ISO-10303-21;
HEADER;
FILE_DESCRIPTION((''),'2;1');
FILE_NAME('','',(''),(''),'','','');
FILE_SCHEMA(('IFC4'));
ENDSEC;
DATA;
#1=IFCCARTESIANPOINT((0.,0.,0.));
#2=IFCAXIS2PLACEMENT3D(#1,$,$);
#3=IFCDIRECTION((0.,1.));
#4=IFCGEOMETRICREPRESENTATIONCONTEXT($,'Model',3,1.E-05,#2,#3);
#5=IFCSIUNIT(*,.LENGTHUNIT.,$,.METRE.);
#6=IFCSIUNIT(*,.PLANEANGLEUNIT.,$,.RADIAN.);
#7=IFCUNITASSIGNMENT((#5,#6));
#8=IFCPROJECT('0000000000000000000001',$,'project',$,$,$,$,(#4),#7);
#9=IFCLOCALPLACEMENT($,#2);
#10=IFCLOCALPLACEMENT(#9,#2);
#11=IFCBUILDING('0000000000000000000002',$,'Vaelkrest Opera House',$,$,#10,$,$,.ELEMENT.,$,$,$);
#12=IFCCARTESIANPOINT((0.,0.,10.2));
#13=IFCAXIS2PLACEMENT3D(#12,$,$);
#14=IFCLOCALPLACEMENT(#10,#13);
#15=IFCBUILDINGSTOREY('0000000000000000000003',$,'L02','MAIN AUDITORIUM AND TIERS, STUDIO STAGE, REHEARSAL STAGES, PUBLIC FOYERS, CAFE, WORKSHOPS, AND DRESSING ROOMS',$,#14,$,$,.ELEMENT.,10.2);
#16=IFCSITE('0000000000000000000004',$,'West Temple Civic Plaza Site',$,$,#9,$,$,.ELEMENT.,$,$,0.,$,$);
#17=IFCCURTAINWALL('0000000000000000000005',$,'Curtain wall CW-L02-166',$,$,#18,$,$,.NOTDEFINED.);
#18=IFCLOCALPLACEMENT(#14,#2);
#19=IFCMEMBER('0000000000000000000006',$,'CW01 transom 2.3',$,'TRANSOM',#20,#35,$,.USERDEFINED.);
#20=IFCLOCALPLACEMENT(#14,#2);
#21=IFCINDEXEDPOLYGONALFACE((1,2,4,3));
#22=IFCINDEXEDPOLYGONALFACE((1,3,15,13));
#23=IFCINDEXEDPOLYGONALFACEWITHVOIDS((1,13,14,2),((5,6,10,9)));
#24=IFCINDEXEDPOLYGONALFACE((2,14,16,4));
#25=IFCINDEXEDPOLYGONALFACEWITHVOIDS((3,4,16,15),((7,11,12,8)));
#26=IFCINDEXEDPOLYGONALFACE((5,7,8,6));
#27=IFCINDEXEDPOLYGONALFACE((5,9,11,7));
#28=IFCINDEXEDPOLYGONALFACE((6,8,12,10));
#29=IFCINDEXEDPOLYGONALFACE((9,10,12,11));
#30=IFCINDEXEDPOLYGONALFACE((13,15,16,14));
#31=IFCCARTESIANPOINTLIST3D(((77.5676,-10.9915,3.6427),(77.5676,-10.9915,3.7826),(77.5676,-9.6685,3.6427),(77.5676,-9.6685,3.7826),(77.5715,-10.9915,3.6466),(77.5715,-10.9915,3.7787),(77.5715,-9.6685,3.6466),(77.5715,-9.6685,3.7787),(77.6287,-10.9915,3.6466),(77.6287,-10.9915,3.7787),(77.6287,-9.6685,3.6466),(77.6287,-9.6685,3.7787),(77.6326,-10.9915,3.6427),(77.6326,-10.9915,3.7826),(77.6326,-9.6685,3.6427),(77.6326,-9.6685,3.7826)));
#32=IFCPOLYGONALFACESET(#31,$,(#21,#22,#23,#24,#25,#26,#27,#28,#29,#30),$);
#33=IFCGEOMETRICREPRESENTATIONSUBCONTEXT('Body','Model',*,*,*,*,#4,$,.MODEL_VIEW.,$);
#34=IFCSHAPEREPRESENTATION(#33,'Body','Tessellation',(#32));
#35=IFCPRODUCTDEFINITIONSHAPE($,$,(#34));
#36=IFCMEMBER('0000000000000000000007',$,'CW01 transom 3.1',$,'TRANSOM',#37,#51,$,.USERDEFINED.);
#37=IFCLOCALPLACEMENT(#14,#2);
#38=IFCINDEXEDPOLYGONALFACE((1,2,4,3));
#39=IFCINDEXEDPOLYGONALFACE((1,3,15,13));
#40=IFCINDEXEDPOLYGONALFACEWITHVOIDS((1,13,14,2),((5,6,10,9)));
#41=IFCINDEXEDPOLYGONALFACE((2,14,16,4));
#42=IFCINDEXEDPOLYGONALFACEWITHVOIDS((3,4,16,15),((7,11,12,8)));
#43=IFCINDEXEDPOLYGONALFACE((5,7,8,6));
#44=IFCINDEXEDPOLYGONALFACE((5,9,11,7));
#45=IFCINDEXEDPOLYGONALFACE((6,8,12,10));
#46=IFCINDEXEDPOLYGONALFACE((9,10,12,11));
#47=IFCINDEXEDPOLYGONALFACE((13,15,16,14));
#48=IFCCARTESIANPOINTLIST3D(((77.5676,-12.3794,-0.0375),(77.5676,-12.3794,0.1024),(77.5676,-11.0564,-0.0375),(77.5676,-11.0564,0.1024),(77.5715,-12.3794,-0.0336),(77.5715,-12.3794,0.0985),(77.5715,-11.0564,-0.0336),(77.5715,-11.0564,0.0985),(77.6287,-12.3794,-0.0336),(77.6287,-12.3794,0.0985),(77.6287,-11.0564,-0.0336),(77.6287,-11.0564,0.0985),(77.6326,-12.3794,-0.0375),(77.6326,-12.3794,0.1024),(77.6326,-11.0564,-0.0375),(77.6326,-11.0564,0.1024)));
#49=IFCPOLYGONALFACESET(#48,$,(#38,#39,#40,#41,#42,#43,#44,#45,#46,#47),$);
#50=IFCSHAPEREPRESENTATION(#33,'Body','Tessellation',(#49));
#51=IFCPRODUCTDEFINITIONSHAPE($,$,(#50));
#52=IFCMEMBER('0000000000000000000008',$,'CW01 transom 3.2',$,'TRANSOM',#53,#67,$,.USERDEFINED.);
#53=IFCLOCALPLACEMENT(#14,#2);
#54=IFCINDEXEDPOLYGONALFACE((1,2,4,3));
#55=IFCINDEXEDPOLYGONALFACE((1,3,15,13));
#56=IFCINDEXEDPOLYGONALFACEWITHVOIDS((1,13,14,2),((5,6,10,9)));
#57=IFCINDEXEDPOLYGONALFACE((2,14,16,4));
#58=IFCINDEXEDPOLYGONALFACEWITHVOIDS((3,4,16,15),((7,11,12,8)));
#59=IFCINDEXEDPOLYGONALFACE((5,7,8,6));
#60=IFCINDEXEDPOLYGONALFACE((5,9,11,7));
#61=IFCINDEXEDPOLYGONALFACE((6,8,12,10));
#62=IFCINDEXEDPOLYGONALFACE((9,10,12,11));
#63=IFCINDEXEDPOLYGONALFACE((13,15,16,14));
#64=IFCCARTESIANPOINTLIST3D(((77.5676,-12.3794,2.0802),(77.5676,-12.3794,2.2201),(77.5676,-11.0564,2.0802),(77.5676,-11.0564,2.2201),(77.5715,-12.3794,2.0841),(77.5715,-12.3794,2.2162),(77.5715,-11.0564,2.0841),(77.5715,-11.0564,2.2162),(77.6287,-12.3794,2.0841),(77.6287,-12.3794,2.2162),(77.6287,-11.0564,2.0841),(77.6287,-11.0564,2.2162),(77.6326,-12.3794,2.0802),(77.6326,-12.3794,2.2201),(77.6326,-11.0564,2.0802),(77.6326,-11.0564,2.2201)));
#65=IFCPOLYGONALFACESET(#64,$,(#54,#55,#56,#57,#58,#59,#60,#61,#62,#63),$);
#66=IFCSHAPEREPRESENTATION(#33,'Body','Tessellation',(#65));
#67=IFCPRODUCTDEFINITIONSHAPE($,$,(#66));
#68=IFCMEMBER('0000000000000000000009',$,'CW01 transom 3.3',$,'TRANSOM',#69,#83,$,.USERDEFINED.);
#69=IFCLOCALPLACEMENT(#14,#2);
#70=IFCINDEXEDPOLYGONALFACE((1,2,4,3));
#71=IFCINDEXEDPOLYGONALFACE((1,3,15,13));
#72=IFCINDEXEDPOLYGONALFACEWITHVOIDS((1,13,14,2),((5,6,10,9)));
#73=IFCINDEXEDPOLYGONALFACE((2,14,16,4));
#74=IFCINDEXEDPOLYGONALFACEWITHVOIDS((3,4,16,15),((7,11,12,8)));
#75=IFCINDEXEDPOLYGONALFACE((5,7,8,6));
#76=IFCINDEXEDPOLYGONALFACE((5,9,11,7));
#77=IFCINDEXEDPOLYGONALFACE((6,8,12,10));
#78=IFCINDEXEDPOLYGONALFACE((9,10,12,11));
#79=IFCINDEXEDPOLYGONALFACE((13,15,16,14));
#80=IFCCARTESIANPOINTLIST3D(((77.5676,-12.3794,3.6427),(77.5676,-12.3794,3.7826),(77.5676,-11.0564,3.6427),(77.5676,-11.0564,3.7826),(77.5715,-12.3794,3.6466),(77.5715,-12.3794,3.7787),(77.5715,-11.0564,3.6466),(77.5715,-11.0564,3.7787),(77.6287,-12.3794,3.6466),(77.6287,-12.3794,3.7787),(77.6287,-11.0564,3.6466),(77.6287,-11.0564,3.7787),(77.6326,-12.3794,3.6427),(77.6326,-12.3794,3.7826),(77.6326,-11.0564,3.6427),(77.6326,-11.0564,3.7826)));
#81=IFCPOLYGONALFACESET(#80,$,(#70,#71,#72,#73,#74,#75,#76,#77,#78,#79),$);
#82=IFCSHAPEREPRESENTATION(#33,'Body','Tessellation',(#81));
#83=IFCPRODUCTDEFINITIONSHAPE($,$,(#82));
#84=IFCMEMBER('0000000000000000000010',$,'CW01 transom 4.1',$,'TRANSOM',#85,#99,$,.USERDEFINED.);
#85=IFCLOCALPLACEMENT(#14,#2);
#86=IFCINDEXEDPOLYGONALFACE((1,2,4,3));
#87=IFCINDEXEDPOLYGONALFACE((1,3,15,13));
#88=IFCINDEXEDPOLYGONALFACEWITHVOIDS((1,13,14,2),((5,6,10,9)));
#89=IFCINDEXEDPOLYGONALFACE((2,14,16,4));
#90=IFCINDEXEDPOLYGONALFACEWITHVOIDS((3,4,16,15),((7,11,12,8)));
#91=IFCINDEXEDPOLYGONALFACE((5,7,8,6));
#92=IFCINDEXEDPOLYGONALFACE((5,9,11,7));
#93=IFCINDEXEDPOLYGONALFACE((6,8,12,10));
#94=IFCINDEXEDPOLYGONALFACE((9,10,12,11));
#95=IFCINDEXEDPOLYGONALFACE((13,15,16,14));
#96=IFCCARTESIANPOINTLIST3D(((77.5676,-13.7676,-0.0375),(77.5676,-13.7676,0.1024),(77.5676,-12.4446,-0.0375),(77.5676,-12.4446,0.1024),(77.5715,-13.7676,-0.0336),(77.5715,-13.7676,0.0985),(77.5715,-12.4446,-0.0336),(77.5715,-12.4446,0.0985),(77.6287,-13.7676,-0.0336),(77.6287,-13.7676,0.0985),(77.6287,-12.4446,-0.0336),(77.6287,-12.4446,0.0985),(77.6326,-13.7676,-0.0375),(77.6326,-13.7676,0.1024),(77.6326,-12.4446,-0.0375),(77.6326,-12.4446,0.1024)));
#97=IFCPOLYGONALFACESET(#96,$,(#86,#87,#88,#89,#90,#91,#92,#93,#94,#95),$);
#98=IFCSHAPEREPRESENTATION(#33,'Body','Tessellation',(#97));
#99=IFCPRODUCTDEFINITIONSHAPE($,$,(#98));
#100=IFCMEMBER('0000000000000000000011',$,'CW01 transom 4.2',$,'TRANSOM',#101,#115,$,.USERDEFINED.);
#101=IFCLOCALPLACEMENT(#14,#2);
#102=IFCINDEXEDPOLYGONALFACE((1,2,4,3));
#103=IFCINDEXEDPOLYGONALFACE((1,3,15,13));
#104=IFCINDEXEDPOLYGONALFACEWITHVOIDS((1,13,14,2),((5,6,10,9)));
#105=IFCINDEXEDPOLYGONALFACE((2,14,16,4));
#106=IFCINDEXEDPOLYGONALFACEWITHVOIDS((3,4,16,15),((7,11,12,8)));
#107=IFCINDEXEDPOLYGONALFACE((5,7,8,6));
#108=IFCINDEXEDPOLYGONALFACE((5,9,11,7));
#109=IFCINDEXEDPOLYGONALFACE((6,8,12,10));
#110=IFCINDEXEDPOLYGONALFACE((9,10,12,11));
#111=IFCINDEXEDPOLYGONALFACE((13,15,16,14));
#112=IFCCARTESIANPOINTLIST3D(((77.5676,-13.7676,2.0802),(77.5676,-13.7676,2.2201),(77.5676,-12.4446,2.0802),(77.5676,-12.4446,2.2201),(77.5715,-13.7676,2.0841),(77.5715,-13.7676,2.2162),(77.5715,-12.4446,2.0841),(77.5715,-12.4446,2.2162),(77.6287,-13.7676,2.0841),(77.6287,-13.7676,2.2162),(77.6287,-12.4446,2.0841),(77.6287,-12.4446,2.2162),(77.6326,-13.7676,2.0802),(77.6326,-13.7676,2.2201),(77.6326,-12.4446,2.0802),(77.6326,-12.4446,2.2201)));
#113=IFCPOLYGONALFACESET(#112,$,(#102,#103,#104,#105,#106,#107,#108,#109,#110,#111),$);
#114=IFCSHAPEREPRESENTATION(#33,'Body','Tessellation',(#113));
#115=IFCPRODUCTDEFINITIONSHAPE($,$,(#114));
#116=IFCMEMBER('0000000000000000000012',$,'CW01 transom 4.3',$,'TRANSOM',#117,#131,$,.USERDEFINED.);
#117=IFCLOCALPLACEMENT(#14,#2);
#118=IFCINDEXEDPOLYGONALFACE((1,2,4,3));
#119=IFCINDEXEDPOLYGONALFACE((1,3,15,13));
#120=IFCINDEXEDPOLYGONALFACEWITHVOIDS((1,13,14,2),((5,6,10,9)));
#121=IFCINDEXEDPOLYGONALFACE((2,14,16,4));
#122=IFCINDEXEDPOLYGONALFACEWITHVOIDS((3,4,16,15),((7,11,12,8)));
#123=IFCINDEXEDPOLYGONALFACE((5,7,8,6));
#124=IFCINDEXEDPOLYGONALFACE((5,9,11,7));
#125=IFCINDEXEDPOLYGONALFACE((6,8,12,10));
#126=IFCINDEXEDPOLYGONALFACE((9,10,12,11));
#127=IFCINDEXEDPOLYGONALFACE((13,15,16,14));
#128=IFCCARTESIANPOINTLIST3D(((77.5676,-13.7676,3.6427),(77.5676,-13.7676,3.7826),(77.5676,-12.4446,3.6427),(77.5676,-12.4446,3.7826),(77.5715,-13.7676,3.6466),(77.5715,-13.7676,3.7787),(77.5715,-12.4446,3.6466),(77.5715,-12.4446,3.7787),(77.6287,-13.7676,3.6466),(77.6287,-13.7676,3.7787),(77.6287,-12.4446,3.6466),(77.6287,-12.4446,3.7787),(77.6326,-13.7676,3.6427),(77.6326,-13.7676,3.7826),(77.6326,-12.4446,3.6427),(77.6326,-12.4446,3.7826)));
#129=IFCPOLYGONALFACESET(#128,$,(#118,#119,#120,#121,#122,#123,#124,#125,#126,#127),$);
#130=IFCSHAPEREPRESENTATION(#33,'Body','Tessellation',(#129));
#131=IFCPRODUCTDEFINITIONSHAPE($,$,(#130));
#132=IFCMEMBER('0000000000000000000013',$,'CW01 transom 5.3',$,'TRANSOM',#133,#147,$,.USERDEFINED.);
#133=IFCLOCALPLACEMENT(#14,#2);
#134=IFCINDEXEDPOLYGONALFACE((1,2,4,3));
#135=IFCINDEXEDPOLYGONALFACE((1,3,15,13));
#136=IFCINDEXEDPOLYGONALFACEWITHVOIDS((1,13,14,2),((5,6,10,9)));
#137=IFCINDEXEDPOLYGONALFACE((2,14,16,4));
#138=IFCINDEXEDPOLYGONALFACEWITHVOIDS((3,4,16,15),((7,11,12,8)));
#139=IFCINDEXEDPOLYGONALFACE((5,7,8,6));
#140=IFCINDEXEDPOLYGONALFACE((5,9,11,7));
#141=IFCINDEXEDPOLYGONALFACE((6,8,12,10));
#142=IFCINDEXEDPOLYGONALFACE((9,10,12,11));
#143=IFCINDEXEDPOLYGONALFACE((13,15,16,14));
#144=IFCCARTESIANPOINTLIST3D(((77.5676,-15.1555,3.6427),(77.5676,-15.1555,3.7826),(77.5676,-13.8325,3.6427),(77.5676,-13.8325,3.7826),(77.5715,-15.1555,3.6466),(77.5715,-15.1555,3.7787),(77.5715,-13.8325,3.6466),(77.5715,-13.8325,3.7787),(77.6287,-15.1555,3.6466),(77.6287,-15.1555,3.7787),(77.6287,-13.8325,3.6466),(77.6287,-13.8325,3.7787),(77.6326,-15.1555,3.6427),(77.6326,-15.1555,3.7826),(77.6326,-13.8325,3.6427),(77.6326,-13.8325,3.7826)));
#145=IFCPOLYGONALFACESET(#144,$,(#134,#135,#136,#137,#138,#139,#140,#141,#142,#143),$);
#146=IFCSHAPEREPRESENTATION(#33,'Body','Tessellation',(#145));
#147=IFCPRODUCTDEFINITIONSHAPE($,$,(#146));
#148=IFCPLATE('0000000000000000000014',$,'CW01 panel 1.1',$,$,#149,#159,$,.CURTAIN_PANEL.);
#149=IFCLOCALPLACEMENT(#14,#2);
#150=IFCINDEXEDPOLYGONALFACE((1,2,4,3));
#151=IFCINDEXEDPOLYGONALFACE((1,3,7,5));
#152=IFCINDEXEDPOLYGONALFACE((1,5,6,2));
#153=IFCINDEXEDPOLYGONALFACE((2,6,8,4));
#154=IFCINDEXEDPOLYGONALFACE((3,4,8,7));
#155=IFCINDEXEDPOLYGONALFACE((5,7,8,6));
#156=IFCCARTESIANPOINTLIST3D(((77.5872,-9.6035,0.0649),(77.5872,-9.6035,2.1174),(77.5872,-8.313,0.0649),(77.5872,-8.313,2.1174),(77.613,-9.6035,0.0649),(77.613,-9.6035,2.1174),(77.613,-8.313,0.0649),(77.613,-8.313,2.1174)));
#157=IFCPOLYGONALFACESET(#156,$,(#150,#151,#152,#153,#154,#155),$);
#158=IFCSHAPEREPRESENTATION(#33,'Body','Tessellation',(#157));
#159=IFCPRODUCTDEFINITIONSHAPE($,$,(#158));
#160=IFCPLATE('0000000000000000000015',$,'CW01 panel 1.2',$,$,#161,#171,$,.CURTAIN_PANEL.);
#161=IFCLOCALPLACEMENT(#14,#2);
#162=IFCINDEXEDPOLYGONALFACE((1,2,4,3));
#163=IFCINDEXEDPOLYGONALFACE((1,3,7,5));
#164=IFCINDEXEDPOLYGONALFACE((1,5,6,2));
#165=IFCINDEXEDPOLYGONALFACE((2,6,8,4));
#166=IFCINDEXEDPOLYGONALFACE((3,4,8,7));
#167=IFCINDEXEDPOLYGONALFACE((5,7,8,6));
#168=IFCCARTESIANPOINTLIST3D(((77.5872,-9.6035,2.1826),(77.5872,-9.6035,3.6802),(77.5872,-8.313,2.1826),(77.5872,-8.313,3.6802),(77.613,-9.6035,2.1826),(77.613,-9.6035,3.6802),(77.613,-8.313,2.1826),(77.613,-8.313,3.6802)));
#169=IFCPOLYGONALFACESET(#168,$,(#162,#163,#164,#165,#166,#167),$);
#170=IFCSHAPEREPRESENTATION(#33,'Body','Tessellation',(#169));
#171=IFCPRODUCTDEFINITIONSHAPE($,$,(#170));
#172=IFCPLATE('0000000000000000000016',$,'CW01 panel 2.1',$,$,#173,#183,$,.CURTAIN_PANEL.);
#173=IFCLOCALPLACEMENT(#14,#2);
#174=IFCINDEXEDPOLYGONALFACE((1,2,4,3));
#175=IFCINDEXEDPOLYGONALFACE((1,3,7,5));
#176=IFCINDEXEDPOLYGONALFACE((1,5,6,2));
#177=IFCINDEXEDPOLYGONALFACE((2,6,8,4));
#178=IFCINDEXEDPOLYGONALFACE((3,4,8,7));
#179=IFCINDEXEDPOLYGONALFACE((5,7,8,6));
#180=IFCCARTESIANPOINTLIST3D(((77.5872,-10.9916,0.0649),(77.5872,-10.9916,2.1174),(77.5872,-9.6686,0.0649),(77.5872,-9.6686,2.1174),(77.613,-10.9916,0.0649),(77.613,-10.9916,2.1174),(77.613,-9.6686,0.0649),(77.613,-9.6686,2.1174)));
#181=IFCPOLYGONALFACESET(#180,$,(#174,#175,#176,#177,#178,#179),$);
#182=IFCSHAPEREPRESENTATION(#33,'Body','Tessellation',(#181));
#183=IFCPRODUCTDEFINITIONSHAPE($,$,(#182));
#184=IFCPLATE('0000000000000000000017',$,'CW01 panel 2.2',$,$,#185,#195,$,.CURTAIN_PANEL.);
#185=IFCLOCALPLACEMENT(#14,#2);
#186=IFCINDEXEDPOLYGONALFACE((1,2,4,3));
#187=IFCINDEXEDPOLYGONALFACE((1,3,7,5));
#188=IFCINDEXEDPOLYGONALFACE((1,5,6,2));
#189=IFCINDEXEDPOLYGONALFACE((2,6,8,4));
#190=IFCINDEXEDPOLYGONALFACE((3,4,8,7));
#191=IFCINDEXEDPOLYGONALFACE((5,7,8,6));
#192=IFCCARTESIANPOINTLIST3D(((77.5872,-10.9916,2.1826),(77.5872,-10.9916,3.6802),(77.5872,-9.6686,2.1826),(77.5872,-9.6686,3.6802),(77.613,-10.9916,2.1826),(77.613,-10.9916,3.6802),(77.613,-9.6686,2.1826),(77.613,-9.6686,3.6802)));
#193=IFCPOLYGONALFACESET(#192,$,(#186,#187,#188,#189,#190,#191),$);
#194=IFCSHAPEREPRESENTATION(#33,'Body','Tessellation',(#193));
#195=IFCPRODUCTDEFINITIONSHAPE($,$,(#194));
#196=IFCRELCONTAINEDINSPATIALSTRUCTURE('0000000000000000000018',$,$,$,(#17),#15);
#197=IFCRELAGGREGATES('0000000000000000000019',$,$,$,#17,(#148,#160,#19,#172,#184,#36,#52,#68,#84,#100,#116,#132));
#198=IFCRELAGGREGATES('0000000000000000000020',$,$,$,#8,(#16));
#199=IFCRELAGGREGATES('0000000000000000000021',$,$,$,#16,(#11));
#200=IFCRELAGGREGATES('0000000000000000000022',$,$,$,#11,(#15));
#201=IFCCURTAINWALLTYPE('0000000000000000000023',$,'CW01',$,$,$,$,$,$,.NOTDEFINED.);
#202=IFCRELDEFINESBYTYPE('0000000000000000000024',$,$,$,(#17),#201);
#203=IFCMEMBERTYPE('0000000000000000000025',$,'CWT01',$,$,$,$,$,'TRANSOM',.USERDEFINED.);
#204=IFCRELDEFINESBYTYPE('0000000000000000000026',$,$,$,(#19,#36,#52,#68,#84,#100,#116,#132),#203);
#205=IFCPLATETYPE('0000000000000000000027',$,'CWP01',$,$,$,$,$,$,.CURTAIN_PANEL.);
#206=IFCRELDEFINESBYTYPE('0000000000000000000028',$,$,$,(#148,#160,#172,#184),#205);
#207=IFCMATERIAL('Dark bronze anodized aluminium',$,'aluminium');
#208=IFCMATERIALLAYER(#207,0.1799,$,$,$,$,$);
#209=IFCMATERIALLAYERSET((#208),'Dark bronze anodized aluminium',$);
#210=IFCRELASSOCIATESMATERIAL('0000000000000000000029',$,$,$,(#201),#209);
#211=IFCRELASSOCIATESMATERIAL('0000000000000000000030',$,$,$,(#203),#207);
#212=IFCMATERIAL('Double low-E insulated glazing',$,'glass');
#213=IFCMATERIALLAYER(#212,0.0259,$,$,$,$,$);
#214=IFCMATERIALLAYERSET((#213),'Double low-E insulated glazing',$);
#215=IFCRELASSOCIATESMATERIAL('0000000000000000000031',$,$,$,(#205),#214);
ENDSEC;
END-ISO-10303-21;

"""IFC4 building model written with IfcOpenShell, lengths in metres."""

from ifc_helpers import new_model, si_unit, direction, frame, origin, origin_2d, place, context, subcontext, project, spatial, rectangle, hollow_rectangle, extrude, material, layer, layer_set, material_profile, profile_set, type_object, element, aggregate, save


model = new_model("IFC4")

# Units and contexts
model_context = context("Model", 3, precision=1e-05, world=origin(), true_north=direction((0.0, 1.0)))
body_context = subcontext(model_context, "Body", "Model", "MODEL_VIEW")
ifc_project = project(units=[si_unit("LENGTHUNIT", "METRE"), si_unit("PLANEANGLEUNIT", "RADIAN")], contexts=[model_context])

# Site, building, storey
site_placement = place(None, origin())
site = spatial("IfcSite", under=ifc_project, at=site_placement, Name="West Temple Civic Plaza Site", CompositionType="ELEMENT", RefElevation=0.0)
building_placement = place(site_placement, origin())
building = spatial("IfcBuilding", under=site, at=building_placement, Name="Vaelkrest Opera House", CompositionType="ELEMENT")
storey_placement = place(building_placement, frame((0.0, 0.0, 10.2)))
storey = spatial("IfcBuildingStorey", under=building, at=storey_placement, Name="L02", Description="MAIN AUDITORIUM AND TIERS, STUDIO STAGE, REHEARSAL STAGES, PUBLIC FOYERS, CAFE, WORKSHOPS, AND DRESSING ROOMS", CompositionType="ELEMENT", Elevation=10.2)

# Curtain wall, members, plates
ifc_material_1 = material(Name="Dark bronze anodized aluminium", Category="aluminium")
ifc_layer_1 = layer(ifc_material_1, 0.1799)
ifc_layer_set_1 = layer_set([ifc_layer_1], Name="Dark bronze anodized aluminium")
curtain_wall_type = type_object("IfcCurtainWallType", Name="CW01", PredefinedType="NOTDEFINED", material=ifc_layer_set_1)
curtain_wall_placement = place(storey_placement, origin())
curtain_wall = element("IfcCurtainWall", 1, at=curtain_wall_placement, inside=storey, type_object=curtain_wall_type, Name="Curtain wall CW-L02-166", PredefinedType="NOTDEFINED")
ifc_material_profile_1 = material_profile(ifc_material_1, hollow_rectangle(XDim=0.0649, YDim=0.1399, WallThickness=0.0039, at=origin_2d()), Name="CWT65X140")
ifc_profile_set_1 = profile_set([ifc_material_profile_1], Name="Dark bronze anodized aluminium")
member_type_1 = type_object("IfcMemberType", Name="CWT01", ElementType="TRANSOM", PredefinedType="USERDEFINED", material=ifc_profile_set_1)
member_1_placement = place(storey_placement, frame((77.6001, -9.6685, 3.7126), z_axis=(0.0, -1.0, 0.0), x_axis=(1.0, 0.0, 0.0)))
member_1 = element("IfcMember", 2, at=member_1_placement, type_object=member_type_1, Name="CW01 transom 2.3", ObjectType="TRANSOM", PredefinedType="USERDEFINED", context=body_context, shape_type="SweptSolid", body=[
    extrude(hollow_rectangle(XDim=0.0649, YDim=0.1399, WallThickness=0.0039, at=origin_2d()), origin(), (0.0, 0.0, 1.0), 1.323),
])
member_2_placement = place(storey_placement, frame((77.6001, -11.0564, 0.0325), z_axis=(0.0, -1.0, 0.0), x_axis=(1.0, 0.0, 0.0)))
member_2 = element("IfcMember", 3, at=member_2_placement, type_object=member_type_1, Name="CW01 transom 3.1", ObjectType="TRANSOM", PredefinedType="USERDEFINED", context=body_context, shape_type="SweptSolid", body=[
    extrude(hollow_rectangle(XDim=0.0649, YDim=0.1399, WallThickness=0.0039, at=origin_2d()), origin(), (0.0, 0.0, 1.0), 1.323),
])
member_3_placement = place(storey_placement, frame((77.6001, -11.0564, 2.1501), z_axis=(0.0, -1.0, 0.0), x_axis=(1.0, 0.0, 0.0)))
member_3 = element("IfcMember", 4, at=member_3_placement, type_object=member_type_1, Name="CW01 transom 3.2", ObjectType="TRANSOM", PredefinedType="USERDEFINED", context=body_context, shape_type="SweptSolid", body=[
    extrude(hollow_rectangle(XDim=0.0649, YDim=0.1399, WallThickness=0.0039, at=origin_2d()), origin(), (0.0, 0.0, 1.0), 1.323),
])
member_4_placement = place(storey_placement, frame((77.6001, -11.0564, 3.7126), z_axis=(0.0, -1.0, 0.0), x_axis=(1.0, 0.0, 0.0)))
member_4 = element("IfcMember", 5, at=member_4_placement, type_object=member_type_1, Name="CW01 transom 3.3", ObjectType="TRANSOM", PredefinedType="USERDEFINED", context=body_context, shape_type="SweptSolid", body=[
    extrude(hollow_rectangle(XDim=0.0649, YDim=0.1399, WallThickness=0.0039, at=origin_2d()), origin(), (0.0, 0.0, 1.0), 1.323),
])
member_5_placement = place(storey_placement, frame((77.6001, -12.4446, 0.0325), z_axis=(0.0, -1.0, 0.0), x_axis=(1.0, 0.0, 0.0)))
member_5 = element("IfcMember", 6, at=member_5_placement, type_object=member_type_1, Name="CW01 transom 4.1", ObjectType="TRANSOM", PredefinedType="USERDEFINED", context=body_context, shape_type="SweptSolid", body=[
    extrude(hollow_rectangle(XDim=0.0649, YDim=0.1399, WallThickness=0.0039, at=origin_2d()), origin(), (0.0, 0.0, 1.0), 1.323),
])
member_6_placement = place(storey_placement, frame((77.6001, -12.4446, 2.1501), z_axis=(0.0, -1.0, 0.0), x_axis=(1.0, 0.0, 0.0)))
member_6 = element("IfcMember", 7, at=member_6_placement, type_object=member_type_1, Name="CW01 transom 4.2", ObjectType="TRANSOM", PredefinedType="USERDEFINED", context=body_context, shape_type="SweptSolid", body=[
    extrude(hollow_rectangle(XDim=0.0649, YDim=0.1399, WallThickness=0.0039, at=origin_2d()), origin(), (0.0, 0.0, 1.0), 1.323),
])
member_7_placement = place(storey_placement, frame((77.6001, -12.4446, 3.7126), z_axis=(0.0, -1.0, 0.0), x_axis=(1.0, 0.0, 0.0)))
member_7 = element("IfcMember", 8, at=member_7_placement, type_object=member_type_1, Name="CW01 transom 4.3", ObjectType="TRANSOM", PredefinedType="USERDEFINED", context=body_context, shape_type="SweptSolid", body=[
    extrude(hollow_rectangle(XDim=0.0649, YDim=0.1399, WallThickness=0.0039, at=origin_2d()), origin(), (0.0, 0.0, 1.0), 1.323),
])
member_8_placement = place(storey_placement, frame((77.6001, -13.8325, 3.7126), z_axis=(0.0, -1.0, 0.0), x_axis=(1.0, 0.0, 0.0)))
member_8 = element("IfcMember", 9, at=member_8_placement, type_object=member_type_1, Name="CW01 transom 5.3", ObjectType="TRANSOM", PredefinedType="USERDEFINED", context=body_context, shape_type="SweptSolid", body=[
    extrude(hollow_rectangle(XDim=0.0649, YDim=0.1399, WallThickness=0.0039, at=origin_2d()), origin(), (0.0, 0.0, 1.0), 1.323),
])
ifc_material_2 = material(Name="Double low-E insulated glazing", Category="glass")
ifc_layer_2 = layer(ifc_material_2, 0.0259)
ifc_layer_set_2 = layer_set([ifc_layer_2], Name="Double low-E insulated glazing")
plate_type = type_object("IfcPlateType", Name="CWP01", PredefinedType="CURTAIN_PANEL", material=ifc_layer_set_2)
plate_1_placement = place(storey_placement, frame((77.6001, -8.9583, 0.0649), z_axis=(0.0, 0.0, 1.0), x_axis=(0.0, -1.0, 0.0)))
plate_1 = element("IfcPlate", 10, at=plate_1_placement, type_object=plate_type, Name="CW01 panel 1.1", PredefinedType="CURTAIN_PANEL", context=body_context, shape_type="SweptSolid", body=[
    extrude(rectangle(XDim=1.2905, YDim=0.0259, at=origin_2d()), origin(), (0.0, 0.0, 1.0), 2.0525),
])
plate_2_placement = place(storey_placement, frame((77.6001, -8.9583, 2.1826), z_axis=(0.0, 0.0, 1.0), x_axis=(0.0, -1.0, 0.0)))
plate_2 = element("IfcPlate", 11, at=plate_2_placement, type_object=plate_type, Name="CW01 panel 1.2", PredefinedType="CURTAIN_PANEL", context=body_context, shape_type="SweptSolid", body=[
    extrude(rectangle(XDim=1.2905, YDim=0.0259, at=origin_2d()), origin(), (0.0, 0.0, 1.0), 1.4976),
])
plate_3_placement = place(storey_placement, frame((77.6001, -10.3301, 0.0649), z_axis=(0.0, 0.0, 1.0), x_axis=(0.0, -1.0, 0.0)))
plate_3 = element("IfcPlate", 12, at=plate_3_placement, type_object=plate_type, Name="CW01 panel 2.1", PredefinedType="CURTAIN_PANEL", context=body_context, shape_type="SweptSolid", body=[
    extrude(rectangle(XDim=1.323, YDim=0.0259, at=origin_2d()), origin(), (0.0, 0.0, 1.0), 2.0525),
])
plate_4_placement = place(storey_placement, frame((77.6001, -10.3301, 2.1826), z_axis=(0.0, 0.0, 1.0), x_axis=(0.0, -1.0, 0.0)))
plate_4 = element("IfcPlate", 13, at=plate_4_placement, type_object=plate_type, Name="CW01 panel 2.2", PredefinedType="CURTAIN_PANEL", context=body_context, shape_type="SweptSolid", body=[
    extrude(rectangle(XDim=1.323, YDim=0.0259, at=origin_2d()), origin(), (0.0, 0.0, 1.0), 1.4976),
])
aggregate(curtain_wall, [plate_1, plate_2, member_1, plate_3, plate_4, member_2, member_3, member_4, member_5, member_6, member_7, member_8])

save(model, "model.ifc")
